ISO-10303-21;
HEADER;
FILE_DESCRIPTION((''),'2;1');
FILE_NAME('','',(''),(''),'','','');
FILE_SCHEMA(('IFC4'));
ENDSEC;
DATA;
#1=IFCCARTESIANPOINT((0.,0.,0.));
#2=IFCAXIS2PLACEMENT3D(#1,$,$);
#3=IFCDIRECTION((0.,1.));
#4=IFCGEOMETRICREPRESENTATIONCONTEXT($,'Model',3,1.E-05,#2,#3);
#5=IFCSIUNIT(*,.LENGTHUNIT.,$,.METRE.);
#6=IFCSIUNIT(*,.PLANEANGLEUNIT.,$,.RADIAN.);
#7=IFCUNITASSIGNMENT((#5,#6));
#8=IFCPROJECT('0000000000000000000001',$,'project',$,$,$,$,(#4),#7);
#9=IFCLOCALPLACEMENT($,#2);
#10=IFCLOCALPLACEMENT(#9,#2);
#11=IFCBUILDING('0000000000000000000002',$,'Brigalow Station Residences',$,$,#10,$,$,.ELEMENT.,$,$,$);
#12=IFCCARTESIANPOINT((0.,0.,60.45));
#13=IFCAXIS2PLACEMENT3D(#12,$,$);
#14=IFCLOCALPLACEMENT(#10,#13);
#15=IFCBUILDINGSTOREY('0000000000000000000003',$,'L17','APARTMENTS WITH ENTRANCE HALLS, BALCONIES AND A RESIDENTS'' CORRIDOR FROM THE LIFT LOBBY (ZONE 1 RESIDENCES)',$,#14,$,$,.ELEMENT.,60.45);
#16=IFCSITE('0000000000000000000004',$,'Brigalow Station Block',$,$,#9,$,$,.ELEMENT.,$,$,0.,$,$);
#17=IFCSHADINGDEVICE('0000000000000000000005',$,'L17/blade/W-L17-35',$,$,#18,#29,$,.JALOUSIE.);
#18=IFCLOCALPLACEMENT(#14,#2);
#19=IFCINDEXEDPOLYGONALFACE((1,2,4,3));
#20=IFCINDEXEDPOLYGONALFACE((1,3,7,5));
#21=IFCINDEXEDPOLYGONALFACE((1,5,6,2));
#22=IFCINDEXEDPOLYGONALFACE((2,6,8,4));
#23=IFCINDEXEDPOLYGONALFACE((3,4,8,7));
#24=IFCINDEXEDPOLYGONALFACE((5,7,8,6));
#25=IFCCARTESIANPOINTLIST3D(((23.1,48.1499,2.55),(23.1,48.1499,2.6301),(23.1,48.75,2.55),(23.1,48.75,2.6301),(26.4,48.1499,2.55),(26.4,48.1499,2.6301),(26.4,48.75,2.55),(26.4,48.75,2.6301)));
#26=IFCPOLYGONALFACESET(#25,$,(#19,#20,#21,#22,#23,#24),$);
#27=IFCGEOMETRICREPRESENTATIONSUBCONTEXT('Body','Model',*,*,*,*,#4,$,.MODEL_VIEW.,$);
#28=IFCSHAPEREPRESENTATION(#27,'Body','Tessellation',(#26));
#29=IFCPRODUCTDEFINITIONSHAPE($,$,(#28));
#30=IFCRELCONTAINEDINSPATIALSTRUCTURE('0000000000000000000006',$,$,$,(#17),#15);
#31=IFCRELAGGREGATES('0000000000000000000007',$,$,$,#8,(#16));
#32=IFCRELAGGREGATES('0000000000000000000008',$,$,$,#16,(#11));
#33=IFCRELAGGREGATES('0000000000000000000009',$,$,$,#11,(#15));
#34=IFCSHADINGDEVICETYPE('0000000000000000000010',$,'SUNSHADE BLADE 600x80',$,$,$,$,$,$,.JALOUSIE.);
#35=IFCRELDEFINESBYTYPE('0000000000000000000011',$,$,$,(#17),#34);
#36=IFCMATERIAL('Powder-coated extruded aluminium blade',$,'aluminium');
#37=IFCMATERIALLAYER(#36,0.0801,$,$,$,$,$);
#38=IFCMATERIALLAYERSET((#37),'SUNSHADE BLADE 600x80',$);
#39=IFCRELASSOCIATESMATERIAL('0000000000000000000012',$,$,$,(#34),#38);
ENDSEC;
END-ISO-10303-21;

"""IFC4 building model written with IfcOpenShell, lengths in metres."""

from ifc_helpers import new_model, si_unit, direction, frame, origin, origin_2d, place, context, subcontext, project, spatial, rectangle, extrude, material, layer, layer_set, type_object, element, save


model = new_model("IFC4")

# Units and contexts
model_context = context("Model", 3, precision=1e-05, world=origin(), true_north=direction((0.0, 1.0)))
body_context = subcontext(model_context, "Body", "Model", "MODEL_VIEW")
ifc_project = project(units=[si_unit("LENGTHUNIT", "METRE"), si_unit("PLANEANGLEUNIT", "RADIAN")], contexts=[model_context])

# Site, building, storey
site_placement = place(None, origin())
site = spatial("IfcSite", under=ifc_project, at=site_placement, Name="Brigalow Station Block", CompositionType="ELEMENT", RefElevation=0.0)
building_placement = place(site_placement, origin())
building = spatial("IfcBuilding", under=site, at=building_placement, Name="Brigalow Station Residences", CompositionType="ELEMENT")
storey_placement = place(building_placement, frame((0.0, 0.0, 60.45)))
storey = spatial("IfcBuildingStorey", under=building, at=storey_placement, Name="L17", Description="APARTMENTS WITH ENTRANCE HALLS, BALCONIES AND A RESIDENTS' CORRIDOR FROM THE LIFT LOBBY (ZONE 1 RESIDENCES)", CompositionType="ELEMENT", Elevation=60.45)

# Shading device
ifc_material_1 = material(Name="Powder-coated extruded aluminium blade", Category="aluminium")
ifc_layer_1 = layer(ifc_material_1, 0.0801)
ifc_layer_set_1 = layer_set([ifc_layer_1], Name="SUNSHADE BLADE 600x80")
shading_device_type = type_object("IfcShadingDeviceType", Name="SUNSHADE BLADE 600x80", PredefinedType="JALOUSIE", material=ifc_layer_set_1)
shading_device_placement = place(storey_placement, frame((24.75, 48.45, 2.55), z_axis=(0.0, 0.0, 1.0), x_axis=(-1.0, 0.0, 0.0)))
element("IfcShadingDevice", 1, at=shading_device_placement, inside=storey, type_object=shading_device_type, Name="L17/blade/W-L17-35", PredefinedType="JALOUSIE", context=body_context, shape_type="SweptSolid", body=[
    extrude(rectangle(XDim=3.3, YDim=0.6001, at=origin_2d()), origin(), (0.0, 0.0, 1.0), 0.0801),
])

save(model, "model.ifc")
